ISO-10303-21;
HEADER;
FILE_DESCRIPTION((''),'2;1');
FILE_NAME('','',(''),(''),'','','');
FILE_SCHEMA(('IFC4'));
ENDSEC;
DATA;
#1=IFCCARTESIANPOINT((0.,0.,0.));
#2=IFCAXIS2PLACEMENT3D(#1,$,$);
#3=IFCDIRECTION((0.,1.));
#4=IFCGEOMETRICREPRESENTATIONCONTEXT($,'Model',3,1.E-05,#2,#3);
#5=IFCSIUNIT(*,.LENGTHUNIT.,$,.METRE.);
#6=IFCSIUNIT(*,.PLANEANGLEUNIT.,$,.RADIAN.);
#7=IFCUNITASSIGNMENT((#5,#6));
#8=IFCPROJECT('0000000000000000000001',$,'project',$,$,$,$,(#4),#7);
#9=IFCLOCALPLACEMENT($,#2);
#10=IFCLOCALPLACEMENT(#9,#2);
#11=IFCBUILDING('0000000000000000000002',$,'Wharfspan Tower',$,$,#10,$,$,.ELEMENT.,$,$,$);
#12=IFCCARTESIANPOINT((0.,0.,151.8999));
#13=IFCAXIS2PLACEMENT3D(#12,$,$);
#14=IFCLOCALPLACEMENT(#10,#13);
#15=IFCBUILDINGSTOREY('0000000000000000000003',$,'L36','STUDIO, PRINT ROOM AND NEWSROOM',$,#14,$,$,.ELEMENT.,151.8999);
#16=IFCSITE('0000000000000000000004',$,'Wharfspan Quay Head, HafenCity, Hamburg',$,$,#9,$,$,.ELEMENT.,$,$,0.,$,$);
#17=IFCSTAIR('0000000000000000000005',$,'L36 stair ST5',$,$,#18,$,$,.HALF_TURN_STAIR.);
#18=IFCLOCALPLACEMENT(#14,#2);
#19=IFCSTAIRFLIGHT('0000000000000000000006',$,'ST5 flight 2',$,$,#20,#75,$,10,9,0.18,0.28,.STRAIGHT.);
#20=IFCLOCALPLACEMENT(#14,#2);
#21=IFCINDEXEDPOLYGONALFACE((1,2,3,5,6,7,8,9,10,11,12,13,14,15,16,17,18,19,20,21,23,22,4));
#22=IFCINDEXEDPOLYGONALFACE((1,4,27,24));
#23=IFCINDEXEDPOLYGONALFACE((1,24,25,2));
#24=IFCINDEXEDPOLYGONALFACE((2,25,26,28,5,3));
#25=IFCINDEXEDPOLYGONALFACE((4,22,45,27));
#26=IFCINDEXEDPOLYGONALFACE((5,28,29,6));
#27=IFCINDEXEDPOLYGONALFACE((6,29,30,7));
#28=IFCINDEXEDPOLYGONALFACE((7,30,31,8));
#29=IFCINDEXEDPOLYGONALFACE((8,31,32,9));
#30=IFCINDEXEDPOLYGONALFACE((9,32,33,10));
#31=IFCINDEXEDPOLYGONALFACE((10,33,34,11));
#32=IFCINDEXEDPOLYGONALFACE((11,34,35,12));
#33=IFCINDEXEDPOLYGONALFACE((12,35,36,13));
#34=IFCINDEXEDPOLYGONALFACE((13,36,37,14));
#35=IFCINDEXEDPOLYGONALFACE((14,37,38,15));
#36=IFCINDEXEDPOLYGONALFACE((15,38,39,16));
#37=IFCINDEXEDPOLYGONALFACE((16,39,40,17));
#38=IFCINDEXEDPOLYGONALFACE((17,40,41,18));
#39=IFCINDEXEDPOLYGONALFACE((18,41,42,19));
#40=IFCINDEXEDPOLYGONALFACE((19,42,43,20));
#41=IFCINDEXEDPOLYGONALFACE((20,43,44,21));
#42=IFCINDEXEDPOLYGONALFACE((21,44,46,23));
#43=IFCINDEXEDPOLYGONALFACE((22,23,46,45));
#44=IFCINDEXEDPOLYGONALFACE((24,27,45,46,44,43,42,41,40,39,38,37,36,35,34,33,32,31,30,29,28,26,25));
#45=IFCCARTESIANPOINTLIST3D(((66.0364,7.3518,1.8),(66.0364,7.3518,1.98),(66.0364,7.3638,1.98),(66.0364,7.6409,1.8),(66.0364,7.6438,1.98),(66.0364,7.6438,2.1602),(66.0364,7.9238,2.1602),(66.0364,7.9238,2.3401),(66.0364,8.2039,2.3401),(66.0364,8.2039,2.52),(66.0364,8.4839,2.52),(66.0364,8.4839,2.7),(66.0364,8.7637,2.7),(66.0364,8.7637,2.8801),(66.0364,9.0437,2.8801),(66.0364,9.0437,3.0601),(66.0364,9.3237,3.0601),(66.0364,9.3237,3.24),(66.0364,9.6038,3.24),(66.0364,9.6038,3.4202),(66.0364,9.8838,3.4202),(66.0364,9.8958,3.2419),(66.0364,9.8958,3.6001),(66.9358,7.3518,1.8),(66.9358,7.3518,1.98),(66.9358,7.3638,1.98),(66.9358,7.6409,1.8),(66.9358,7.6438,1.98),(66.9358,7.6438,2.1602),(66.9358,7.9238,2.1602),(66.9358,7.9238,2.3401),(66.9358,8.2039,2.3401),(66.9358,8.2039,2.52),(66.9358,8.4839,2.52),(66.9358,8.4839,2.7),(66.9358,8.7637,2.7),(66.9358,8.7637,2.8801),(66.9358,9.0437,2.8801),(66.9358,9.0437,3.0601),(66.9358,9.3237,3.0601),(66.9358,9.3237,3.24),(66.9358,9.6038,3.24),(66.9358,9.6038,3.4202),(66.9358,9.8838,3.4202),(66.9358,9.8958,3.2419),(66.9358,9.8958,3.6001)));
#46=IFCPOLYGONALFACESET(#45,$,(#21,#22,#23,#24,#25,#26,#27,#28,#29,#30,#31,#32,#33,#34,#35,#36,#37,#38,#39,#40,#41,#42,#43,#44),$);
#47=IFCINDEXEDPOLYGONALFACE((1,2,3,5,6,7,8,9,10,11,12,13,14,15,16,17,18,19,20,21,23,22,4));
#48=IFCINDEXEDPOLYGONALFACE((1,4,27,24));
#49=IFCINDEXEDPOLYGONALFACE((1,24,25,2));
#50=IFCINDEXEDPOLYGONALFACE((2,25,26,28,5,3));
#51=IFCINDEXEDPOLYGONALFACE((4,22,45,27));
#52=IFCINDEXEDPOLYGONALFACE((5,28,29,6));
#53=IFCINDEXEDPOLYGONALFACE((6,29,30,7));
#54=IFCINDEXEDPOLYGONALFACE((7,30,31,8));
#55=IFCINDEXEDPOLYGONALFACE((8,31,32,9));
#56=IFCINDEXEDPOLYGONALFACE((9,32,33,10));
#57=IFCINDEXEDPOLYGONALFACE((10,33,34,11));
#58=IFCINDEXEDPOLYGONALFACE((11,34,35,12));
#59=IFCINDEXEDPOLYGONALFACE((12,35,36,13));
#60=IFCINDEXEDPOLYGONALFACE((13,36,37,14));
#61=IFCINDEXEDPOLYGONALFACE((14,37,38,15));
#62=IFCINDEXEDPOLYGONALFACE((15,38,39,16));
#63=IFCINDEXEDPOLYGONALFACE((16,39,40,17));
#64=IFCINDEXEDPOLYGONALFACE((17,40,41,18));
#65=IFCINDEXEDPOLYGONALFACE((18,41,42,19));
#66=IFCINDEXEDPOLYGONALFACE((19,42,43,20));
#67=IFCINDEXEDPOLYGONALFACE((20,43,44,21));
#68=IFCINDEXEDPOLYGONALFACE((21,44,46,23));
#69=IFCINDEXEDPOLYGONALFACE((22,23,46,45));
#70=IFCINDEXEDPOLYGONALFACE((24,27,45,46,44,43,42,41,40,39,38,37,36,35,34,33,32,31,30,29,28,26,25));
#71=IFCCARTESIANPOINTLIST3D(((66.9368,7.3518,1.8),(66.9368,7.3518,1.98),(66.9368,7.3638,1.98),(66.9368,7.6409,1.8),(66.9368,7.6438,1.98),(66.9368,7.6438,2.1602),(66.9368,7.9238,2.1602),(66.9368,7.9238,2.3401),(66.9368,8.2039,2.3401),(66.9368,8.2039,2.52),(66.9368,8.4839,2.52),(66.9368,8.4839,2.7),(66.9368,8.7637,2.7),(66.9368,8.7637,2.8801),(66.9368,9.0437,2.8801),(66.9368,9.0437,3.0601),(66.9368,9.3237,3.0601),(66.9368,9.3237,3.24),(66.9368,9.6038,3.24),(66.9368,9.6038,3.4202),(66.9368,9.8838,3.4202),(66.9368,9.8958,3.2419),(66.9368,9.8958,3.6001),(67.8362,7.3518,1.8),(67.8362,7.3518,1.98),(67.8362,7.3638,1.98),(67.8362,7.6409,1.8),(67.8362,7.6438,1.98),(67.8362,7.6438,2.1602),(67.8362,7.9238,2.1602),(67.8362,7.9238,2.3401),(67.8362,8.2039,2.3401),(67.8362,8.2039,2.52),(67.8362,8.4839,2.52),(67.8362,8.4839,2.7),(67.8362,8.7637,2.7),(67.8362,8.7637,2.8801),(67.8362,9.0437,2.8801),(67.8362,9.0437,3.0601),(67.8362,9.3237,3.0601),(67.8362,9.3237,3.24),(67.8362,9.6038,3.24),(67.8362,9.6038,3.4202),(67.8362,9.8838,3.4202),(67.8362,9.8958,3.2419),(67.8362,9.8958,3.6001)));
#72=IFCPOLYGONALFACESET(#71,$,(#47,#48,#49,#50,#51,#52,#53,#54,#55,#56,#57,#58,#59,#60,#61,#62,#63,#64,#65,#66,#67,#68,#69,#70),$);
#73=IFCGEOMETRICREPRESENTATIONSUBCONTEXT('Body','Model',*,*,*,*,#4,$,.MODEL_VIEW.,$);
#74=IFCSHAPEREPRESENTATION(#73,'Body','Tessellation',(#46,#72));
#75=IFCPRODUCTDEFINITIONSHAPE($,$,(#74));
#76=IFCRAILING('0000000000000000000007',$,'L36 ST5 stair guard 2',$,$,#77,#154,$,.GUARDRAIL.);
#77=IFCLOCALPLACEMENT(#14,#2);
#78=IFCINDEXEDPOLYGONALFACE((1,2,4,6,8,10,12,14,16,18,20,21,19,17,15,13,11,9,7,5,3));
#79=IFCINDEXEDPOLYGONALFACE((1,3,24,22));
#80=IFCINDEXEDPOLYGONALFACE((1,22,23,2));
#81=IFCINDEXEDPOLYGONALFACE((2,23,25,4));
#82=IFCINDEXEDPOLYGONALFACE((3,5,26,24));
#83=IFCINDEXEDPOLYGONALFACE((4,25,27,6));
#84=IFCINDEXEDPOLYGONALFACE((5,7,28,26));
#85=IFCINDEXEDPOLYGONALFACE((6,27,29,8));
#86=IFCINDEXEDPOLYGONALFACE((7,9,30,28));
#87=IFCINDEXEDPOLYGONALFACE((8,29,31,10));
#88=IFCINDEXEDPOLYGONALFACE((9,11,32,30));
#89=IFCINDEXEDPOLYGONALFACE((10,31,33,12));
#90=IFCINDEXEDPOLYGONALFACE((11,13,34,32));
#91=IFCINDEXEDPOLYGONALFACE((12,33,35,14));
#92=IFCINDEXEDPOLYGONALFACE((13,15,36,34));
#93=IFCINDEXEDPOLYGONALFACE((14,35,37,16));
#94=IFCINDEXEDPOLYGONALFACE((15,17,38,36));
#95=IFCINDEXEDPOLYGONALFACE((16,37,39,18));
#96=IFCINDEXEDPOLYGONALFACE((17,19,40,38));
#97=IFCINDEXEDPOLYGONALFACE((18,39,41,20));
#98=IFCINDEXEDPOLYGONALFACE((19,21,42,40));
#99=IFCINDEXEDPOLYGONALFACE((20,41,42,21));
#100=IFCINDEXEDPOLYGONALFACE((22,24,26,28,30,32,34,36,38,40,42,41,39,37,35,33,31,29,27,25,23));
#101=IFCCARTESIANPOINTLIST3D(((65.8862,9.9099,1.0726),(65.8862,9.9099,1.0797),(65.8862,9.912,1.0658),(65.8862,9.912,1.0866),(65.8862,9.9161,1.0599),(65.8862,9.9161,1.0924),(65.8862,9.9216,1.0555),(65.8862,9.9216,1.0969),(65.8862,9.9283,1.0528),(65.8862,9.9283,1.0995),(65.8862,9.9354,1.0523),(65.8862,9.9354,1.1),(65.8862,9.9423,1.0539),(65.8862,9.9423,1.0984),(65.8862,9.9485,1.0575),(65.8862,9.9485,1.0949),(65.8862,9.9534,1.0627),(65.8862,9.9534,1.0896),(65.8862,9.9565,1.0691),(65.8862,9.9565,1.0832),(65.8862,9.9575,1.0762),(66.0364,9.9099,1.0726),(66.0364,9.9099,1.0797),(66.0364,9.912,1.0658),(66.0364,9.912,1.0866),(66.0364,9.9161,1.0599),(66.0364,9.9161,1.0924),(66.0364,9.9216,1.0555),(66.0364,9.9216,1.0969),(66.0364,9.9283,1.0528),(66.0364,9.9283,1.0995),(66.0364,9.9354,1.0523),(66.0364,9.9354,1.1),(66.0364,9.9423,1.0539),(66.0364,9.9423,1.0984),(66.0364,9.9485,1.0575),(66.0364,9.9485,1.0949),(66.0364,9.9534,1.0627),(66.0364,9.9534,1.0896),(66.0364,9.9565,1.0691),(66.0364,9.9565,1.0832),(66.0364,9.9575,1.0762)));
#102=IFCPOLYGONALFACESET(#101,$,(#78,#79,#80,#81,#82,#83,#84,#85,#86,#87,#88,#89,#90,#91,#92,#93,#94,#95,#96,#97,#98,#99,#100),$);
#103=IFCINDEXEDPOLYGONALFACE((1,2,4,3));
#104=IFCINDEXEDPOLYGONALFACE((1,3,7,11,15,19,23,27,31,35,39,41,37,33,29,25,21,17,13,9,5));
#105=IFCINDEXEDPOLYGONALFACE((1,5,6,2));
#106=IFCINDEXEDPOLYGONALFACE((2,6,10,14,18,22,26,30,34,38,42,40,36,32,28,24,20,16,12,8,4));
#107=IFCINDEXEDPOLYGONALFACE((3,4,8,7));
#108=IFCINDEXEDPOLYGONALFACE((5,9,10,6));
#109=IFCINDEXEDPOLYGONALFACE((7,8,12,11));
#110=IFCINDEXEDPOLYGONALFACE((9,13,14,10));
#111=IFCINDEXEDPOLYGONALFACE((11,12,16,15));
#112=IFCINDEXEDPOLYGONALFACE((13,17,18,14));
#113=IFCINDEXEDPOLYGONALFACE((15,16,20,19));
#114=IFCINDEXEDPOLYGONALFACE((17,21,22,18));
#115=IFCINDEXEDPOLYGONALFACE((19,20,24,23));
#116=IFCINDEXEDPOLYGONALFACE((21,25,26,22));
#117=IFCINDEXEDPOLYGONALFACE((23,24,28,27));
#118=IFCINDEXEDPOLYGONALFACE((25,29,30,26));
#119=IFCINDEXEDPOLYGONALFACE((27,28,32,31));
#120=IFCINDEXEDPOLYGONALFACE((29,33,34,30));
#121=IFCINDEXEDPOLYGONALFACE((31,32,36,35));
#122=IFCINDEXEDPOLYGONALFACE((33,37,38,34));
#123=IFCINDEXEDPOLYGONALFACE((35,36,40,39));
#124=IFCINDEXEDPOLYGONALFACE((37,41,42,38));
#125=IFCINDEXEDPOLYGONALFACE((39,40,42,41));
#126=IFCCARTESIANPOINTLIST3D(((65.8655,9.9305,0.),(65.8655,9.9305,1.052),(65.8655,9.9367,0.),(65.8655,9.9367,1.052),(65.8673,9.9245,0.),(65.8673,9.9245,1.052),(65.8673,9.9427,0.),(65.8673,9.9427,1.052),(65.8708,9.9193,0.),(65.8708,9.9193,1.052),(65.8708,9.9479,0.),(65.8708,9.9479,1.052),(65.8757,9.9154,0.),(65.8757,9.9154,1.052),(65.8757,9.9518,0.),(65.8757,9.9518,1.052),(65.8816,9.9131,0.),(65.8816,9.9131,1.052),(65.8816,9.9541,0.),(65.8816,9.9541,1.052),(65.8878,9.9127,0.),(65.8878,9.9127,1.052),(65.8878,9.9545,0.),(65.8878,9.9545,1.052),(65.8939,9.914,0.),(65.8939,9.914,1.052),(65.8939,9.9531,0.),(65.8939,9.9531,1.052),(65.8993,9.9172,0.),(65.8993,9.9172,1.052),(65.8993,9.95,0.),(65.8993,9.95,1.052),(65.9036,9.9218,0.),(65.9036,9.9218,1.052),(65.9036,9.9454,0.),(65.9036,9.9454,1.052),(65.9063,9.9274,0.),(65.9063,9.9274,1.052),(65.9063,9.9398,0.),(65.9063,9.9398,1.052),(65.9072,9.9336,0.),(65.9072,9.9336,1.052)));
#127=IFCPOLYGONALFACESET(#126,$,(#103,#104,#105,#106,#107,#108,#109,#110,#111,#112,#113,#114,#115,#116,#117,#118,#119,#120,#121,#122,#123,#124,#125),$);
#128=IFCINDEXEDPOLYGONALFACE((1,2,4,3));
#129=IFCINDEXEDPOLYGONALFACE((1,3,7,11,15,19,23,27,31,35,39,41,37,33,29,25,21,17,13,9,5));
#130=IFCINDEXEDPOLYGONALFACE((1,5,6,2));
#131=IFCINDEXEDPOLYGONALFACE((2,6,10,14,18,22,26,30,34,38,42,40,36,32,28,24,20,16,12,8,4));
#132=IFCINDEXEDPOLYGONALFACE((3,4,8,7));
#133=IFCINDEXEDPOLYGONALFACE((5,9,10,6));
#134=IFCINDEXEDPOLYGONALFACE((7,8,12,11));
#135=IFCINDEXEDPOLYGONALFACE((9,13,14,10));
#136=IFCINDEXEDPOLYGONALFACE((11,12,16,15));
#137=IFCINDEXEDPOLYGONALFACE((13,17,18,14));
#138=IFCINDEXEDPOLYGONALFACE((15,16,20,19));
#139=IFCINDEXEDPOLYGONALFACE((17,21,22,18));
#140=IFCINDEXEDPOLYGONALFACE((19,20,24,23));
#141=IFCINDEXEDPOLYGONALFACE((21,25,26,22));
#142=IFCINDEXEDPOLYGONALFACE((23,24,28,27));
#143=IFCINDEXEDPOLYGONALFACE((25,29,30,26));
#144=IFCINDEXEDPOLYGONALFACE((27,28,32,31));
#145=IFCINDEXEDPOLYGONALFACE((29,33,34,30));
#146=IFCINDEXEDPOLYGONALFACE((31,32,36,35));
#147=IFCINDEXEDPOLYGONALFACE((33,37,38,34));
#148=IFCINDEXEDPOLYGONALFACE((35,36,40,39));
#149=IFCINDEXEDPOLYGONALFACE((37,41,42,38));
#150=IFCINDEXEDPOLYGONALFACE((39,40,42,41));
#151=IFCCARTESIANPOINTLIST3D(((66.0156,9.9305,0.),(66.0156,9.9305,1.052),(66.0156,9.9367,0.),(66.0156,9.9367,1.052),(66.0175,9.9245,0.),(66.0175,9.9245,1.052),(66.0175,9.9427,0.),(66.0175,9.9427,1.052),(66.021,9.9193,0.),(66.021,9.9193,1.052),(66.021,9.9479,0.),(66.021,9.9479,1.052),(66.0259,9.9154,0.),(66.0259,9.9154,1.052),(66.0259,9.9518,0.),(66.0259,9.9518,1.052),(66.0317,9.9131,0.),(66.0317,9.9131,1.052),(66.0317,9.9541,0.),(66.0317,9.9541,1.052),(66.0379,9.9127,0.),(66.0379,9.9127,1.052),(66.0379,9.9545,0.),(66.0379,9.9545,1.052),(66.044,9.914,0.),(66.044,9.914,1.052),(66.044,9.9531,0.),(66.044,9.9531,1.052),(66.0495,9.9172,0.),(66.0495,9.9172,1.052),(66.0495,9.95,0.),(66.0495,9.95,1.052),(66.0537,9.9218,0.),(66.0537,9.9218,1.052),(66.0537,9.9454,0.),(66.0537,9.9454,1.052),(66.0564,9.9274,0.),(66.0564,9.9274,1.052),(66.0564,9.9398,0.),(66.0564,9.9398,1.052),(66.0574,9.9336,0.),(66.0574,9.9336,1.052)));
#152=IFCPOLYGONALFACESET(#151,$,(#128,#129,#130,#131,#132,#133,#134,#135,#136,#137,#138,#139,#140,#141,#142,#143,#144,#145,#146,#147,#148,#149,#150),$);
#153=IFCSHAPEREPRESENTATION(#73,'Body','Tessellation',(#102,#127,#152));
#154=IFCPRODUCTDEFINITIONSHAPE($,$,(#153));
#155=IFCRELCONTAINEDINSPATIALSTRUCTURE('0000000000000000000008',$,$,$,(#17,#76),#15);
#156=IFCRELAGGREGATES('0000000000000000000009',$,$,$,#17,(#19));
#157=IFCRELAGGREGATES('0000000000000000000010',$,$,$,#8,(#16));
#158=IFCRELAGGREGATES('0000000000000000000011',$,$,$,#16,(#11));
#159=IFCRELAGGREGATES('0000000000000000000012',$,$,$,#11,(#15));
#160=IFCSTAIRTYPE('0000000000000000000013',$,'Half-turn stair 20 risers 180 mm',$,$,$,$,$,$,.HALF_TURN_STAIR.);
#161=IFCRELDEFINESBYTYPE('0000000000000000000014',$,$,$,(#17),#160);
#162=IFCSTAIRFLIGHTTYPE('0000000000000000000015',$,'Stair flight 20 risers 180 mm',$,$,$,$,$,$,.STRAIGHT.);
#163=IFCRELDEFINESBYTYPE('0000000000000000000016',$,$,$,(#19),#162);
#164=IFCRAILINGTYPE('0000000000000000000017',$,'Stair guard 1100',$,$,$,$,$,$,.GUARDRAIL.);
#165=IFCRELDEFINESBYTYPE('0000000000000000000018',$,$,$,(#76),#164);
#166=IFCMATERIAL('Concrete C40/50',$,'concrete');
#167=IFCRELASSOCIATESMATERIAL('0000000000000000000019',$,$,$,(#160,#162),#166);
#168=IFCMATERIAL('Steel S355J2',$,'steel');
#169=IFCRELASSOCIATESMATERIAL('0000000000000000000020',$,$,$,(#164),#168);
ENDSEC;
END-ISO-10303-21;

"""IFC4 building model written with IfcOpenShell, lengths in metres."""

from ifc_helpers import new_model, si_unit, direction, frame, origin, origin_2d, place, context, subcontext, project, spatial, polyline, circle, outline, extrude, material, type_object, element, aggregate, save


model = new_model("IFC4")

# Units and contexts
model_context = context("Model", 3, precision=1e-05, world=origin(), true_north=direction((0.0, 1.0)))
body_context = subcontext(model_context, "Body", "Model", "MODEL_VIEW")
ifc_project = project(units=[si_unit("LENGTHUNIT", "METRE"), si_unit("PLANEANGLEUNIT", "RADIAN")], contexts=[model_context])

# Site, building, storey
site_placement = place(None, origin())
site = spatial("IfcSite", under=ifc_project, at=site_placement, Name="Wharfspan Quay Head, HafenCity, Hamburg", CompositionType="ELEMENT", RefElevation=0.0)
building_placement = place(site_placement, origin())
building = spatial("IfcBuilding", under=site, at=building_placement, Name="Wharfspan Tower", CompositionType="ELEMENT")
storey_placement = place(building_placement, frame((0.0, 0.0, 151.8999)))
storey = spatial("IfcBuildingStorey", under=building, at=storey_placement, Name="L36", Description="STUDIO, PRINT ROOM AND NEWSROOM", CompositionType="ELEMENT", Elevation=151.8999)

# Shared definitions
ifc_material_1 = material(Name="Steel S355J2", Category="steel")

# Shared definitions
ifc_material_2 = material(Name="Concrete C40/50", Category="concrete")

# Stair, stair flight
stair_type = type_object("IfcStairType", Name="Half-turn stair 20 risers 180 mm", PredefinedType="HALF_TURN_STAIR", material=ifc_material_2)
stair_placement = place(storey_placement, origin())
stair = element("IfcStair", 1, at=stair_placement, inside=storey, type_object=stair_type, Name="L36 stair ST5", PredefinedType="HALF_TURN_STAIR")
stair_flight_type = type_object("IfcStairFlightType", Name="Stair flight 20 risers 180 mm", PredefinedType="STRAIGHT", material=ifc_material_2)
stair_flight_1_placement = place(storey_placement, frame((66.9363, 7.3638, 1.8), z_axis=(0.0, 0.0, 1.0), x_axis=(0.0, 1.0, 0.0)))
stair_flight_1 = element("IfcStairFlight", 2, at=stair_flight_1_placement, type_object=stair_flight_type, Name="ST5 flight 2", NumberOfRisers=10, NumberOfTreads=9, PredefinedType="STRAIGHT", RiserHeight=0.18, TreadLength=0.28, context=body_context, shape_type="SweptSolid", body=[
    extrude(outline(polyline([(-0.012, 0.0), (-0.012, 0.1799), (0.0, 0.1799), (0.28, 0.1799), (0.28, 0.3601), (0.5601, 0.3601), (0.5601, 0.54), (0.8401, 0.54), (0.8401, 0.72), (1.1201, 0.72), (1.1201, 0.8999), (1.3999, 0.8999), (1.3999, 1.0801), (1.6799, 1.0801), (1.6799, 1.26), (1.96, 1.26), (1.96, 1.4399), (2.24, 1.4399), (2.24, 1.6201), (2.52, 1.6201), (2.532, 1.8), (2.532, 1.4419), (0.2771, 0.0), (-0.012, 0.0)])), frame((0.0, 0.8999, 0.0), z_axis=(0.0, -1.0, 0.0), x_axis=(1.0, 0.0, 0.0)), (0.0, 0.0, 1.0), 0.8994),
    extrude(outline(polyline([(-0.012, 0.0), (-0.012, 0.1799), (0.0, 0.1799), (0.28, 0.1799), (0.28, 0.3601), (0.5601, 0.3601), (0.5601, 0.54), (0.8401, 0.54), (0.8401, 0.72), (1.1201, 0.72), (1.1201, 0.8999), (1.3999, 0.8999), (1.3999, 1.0801), (1.6799, 1.0801), (1.6799, 1.26), (1.96, 1.26), (1.96, 1.4399), (2.24, 1.4399), (2.24, 1.6201), (2.52, 1.6201), (2.532, 1.8), (2.532, 1.4419), (0.2771, 0.0), (-0.012, 0.0)])), frame((0.0, -0.0005, 0.0), z_axis=(0.0, -1.0, 0.0), x_axis=(1.0, 0.0, 0.0)), (0.0, 0.0, 1.0), 0.8994),
])
aggregate(stair, [stair_flight_1])

# Railing
railing_type_1 = type_object("IfcRailingType", Name="Stair guard 1100", PredefinedType="GUARDRAIL", material=ifc_material_1)
railing_1_placement = place(storey_placement, frame((65.8862, 9.9336, 0.0)))
element("IfcRailing", 3, at=railing_1_placement, inside=storey, type_object=railing_type_1, Name="L36 ST5 stair guard 2", PredefinedType="GUARDRAIL", context=body_context, shape_type="SweptSolid", body=[
    extrude(circle(Radius=0.0239, at=origin_2d()), frame((0.0, 0.0, 1.0762), z_axis=(1.0, 0.0, 0.0), x_axis=(0.0, 1.0, 0.0)), (0.0, 0.0, 1.0), 0.1501),
    extrude(circle(Radius=0.021, at=origin_2d()), origin(), (0.0, 0.0, 1.0), 1.052),
    extrude(circle(Radius=0.021, at=origin_2d()), frame((0.1501, 0.0, 0.0)), (0.0, 0.0, 1.0), 1.052),
])

save(model, "model.ifc")
